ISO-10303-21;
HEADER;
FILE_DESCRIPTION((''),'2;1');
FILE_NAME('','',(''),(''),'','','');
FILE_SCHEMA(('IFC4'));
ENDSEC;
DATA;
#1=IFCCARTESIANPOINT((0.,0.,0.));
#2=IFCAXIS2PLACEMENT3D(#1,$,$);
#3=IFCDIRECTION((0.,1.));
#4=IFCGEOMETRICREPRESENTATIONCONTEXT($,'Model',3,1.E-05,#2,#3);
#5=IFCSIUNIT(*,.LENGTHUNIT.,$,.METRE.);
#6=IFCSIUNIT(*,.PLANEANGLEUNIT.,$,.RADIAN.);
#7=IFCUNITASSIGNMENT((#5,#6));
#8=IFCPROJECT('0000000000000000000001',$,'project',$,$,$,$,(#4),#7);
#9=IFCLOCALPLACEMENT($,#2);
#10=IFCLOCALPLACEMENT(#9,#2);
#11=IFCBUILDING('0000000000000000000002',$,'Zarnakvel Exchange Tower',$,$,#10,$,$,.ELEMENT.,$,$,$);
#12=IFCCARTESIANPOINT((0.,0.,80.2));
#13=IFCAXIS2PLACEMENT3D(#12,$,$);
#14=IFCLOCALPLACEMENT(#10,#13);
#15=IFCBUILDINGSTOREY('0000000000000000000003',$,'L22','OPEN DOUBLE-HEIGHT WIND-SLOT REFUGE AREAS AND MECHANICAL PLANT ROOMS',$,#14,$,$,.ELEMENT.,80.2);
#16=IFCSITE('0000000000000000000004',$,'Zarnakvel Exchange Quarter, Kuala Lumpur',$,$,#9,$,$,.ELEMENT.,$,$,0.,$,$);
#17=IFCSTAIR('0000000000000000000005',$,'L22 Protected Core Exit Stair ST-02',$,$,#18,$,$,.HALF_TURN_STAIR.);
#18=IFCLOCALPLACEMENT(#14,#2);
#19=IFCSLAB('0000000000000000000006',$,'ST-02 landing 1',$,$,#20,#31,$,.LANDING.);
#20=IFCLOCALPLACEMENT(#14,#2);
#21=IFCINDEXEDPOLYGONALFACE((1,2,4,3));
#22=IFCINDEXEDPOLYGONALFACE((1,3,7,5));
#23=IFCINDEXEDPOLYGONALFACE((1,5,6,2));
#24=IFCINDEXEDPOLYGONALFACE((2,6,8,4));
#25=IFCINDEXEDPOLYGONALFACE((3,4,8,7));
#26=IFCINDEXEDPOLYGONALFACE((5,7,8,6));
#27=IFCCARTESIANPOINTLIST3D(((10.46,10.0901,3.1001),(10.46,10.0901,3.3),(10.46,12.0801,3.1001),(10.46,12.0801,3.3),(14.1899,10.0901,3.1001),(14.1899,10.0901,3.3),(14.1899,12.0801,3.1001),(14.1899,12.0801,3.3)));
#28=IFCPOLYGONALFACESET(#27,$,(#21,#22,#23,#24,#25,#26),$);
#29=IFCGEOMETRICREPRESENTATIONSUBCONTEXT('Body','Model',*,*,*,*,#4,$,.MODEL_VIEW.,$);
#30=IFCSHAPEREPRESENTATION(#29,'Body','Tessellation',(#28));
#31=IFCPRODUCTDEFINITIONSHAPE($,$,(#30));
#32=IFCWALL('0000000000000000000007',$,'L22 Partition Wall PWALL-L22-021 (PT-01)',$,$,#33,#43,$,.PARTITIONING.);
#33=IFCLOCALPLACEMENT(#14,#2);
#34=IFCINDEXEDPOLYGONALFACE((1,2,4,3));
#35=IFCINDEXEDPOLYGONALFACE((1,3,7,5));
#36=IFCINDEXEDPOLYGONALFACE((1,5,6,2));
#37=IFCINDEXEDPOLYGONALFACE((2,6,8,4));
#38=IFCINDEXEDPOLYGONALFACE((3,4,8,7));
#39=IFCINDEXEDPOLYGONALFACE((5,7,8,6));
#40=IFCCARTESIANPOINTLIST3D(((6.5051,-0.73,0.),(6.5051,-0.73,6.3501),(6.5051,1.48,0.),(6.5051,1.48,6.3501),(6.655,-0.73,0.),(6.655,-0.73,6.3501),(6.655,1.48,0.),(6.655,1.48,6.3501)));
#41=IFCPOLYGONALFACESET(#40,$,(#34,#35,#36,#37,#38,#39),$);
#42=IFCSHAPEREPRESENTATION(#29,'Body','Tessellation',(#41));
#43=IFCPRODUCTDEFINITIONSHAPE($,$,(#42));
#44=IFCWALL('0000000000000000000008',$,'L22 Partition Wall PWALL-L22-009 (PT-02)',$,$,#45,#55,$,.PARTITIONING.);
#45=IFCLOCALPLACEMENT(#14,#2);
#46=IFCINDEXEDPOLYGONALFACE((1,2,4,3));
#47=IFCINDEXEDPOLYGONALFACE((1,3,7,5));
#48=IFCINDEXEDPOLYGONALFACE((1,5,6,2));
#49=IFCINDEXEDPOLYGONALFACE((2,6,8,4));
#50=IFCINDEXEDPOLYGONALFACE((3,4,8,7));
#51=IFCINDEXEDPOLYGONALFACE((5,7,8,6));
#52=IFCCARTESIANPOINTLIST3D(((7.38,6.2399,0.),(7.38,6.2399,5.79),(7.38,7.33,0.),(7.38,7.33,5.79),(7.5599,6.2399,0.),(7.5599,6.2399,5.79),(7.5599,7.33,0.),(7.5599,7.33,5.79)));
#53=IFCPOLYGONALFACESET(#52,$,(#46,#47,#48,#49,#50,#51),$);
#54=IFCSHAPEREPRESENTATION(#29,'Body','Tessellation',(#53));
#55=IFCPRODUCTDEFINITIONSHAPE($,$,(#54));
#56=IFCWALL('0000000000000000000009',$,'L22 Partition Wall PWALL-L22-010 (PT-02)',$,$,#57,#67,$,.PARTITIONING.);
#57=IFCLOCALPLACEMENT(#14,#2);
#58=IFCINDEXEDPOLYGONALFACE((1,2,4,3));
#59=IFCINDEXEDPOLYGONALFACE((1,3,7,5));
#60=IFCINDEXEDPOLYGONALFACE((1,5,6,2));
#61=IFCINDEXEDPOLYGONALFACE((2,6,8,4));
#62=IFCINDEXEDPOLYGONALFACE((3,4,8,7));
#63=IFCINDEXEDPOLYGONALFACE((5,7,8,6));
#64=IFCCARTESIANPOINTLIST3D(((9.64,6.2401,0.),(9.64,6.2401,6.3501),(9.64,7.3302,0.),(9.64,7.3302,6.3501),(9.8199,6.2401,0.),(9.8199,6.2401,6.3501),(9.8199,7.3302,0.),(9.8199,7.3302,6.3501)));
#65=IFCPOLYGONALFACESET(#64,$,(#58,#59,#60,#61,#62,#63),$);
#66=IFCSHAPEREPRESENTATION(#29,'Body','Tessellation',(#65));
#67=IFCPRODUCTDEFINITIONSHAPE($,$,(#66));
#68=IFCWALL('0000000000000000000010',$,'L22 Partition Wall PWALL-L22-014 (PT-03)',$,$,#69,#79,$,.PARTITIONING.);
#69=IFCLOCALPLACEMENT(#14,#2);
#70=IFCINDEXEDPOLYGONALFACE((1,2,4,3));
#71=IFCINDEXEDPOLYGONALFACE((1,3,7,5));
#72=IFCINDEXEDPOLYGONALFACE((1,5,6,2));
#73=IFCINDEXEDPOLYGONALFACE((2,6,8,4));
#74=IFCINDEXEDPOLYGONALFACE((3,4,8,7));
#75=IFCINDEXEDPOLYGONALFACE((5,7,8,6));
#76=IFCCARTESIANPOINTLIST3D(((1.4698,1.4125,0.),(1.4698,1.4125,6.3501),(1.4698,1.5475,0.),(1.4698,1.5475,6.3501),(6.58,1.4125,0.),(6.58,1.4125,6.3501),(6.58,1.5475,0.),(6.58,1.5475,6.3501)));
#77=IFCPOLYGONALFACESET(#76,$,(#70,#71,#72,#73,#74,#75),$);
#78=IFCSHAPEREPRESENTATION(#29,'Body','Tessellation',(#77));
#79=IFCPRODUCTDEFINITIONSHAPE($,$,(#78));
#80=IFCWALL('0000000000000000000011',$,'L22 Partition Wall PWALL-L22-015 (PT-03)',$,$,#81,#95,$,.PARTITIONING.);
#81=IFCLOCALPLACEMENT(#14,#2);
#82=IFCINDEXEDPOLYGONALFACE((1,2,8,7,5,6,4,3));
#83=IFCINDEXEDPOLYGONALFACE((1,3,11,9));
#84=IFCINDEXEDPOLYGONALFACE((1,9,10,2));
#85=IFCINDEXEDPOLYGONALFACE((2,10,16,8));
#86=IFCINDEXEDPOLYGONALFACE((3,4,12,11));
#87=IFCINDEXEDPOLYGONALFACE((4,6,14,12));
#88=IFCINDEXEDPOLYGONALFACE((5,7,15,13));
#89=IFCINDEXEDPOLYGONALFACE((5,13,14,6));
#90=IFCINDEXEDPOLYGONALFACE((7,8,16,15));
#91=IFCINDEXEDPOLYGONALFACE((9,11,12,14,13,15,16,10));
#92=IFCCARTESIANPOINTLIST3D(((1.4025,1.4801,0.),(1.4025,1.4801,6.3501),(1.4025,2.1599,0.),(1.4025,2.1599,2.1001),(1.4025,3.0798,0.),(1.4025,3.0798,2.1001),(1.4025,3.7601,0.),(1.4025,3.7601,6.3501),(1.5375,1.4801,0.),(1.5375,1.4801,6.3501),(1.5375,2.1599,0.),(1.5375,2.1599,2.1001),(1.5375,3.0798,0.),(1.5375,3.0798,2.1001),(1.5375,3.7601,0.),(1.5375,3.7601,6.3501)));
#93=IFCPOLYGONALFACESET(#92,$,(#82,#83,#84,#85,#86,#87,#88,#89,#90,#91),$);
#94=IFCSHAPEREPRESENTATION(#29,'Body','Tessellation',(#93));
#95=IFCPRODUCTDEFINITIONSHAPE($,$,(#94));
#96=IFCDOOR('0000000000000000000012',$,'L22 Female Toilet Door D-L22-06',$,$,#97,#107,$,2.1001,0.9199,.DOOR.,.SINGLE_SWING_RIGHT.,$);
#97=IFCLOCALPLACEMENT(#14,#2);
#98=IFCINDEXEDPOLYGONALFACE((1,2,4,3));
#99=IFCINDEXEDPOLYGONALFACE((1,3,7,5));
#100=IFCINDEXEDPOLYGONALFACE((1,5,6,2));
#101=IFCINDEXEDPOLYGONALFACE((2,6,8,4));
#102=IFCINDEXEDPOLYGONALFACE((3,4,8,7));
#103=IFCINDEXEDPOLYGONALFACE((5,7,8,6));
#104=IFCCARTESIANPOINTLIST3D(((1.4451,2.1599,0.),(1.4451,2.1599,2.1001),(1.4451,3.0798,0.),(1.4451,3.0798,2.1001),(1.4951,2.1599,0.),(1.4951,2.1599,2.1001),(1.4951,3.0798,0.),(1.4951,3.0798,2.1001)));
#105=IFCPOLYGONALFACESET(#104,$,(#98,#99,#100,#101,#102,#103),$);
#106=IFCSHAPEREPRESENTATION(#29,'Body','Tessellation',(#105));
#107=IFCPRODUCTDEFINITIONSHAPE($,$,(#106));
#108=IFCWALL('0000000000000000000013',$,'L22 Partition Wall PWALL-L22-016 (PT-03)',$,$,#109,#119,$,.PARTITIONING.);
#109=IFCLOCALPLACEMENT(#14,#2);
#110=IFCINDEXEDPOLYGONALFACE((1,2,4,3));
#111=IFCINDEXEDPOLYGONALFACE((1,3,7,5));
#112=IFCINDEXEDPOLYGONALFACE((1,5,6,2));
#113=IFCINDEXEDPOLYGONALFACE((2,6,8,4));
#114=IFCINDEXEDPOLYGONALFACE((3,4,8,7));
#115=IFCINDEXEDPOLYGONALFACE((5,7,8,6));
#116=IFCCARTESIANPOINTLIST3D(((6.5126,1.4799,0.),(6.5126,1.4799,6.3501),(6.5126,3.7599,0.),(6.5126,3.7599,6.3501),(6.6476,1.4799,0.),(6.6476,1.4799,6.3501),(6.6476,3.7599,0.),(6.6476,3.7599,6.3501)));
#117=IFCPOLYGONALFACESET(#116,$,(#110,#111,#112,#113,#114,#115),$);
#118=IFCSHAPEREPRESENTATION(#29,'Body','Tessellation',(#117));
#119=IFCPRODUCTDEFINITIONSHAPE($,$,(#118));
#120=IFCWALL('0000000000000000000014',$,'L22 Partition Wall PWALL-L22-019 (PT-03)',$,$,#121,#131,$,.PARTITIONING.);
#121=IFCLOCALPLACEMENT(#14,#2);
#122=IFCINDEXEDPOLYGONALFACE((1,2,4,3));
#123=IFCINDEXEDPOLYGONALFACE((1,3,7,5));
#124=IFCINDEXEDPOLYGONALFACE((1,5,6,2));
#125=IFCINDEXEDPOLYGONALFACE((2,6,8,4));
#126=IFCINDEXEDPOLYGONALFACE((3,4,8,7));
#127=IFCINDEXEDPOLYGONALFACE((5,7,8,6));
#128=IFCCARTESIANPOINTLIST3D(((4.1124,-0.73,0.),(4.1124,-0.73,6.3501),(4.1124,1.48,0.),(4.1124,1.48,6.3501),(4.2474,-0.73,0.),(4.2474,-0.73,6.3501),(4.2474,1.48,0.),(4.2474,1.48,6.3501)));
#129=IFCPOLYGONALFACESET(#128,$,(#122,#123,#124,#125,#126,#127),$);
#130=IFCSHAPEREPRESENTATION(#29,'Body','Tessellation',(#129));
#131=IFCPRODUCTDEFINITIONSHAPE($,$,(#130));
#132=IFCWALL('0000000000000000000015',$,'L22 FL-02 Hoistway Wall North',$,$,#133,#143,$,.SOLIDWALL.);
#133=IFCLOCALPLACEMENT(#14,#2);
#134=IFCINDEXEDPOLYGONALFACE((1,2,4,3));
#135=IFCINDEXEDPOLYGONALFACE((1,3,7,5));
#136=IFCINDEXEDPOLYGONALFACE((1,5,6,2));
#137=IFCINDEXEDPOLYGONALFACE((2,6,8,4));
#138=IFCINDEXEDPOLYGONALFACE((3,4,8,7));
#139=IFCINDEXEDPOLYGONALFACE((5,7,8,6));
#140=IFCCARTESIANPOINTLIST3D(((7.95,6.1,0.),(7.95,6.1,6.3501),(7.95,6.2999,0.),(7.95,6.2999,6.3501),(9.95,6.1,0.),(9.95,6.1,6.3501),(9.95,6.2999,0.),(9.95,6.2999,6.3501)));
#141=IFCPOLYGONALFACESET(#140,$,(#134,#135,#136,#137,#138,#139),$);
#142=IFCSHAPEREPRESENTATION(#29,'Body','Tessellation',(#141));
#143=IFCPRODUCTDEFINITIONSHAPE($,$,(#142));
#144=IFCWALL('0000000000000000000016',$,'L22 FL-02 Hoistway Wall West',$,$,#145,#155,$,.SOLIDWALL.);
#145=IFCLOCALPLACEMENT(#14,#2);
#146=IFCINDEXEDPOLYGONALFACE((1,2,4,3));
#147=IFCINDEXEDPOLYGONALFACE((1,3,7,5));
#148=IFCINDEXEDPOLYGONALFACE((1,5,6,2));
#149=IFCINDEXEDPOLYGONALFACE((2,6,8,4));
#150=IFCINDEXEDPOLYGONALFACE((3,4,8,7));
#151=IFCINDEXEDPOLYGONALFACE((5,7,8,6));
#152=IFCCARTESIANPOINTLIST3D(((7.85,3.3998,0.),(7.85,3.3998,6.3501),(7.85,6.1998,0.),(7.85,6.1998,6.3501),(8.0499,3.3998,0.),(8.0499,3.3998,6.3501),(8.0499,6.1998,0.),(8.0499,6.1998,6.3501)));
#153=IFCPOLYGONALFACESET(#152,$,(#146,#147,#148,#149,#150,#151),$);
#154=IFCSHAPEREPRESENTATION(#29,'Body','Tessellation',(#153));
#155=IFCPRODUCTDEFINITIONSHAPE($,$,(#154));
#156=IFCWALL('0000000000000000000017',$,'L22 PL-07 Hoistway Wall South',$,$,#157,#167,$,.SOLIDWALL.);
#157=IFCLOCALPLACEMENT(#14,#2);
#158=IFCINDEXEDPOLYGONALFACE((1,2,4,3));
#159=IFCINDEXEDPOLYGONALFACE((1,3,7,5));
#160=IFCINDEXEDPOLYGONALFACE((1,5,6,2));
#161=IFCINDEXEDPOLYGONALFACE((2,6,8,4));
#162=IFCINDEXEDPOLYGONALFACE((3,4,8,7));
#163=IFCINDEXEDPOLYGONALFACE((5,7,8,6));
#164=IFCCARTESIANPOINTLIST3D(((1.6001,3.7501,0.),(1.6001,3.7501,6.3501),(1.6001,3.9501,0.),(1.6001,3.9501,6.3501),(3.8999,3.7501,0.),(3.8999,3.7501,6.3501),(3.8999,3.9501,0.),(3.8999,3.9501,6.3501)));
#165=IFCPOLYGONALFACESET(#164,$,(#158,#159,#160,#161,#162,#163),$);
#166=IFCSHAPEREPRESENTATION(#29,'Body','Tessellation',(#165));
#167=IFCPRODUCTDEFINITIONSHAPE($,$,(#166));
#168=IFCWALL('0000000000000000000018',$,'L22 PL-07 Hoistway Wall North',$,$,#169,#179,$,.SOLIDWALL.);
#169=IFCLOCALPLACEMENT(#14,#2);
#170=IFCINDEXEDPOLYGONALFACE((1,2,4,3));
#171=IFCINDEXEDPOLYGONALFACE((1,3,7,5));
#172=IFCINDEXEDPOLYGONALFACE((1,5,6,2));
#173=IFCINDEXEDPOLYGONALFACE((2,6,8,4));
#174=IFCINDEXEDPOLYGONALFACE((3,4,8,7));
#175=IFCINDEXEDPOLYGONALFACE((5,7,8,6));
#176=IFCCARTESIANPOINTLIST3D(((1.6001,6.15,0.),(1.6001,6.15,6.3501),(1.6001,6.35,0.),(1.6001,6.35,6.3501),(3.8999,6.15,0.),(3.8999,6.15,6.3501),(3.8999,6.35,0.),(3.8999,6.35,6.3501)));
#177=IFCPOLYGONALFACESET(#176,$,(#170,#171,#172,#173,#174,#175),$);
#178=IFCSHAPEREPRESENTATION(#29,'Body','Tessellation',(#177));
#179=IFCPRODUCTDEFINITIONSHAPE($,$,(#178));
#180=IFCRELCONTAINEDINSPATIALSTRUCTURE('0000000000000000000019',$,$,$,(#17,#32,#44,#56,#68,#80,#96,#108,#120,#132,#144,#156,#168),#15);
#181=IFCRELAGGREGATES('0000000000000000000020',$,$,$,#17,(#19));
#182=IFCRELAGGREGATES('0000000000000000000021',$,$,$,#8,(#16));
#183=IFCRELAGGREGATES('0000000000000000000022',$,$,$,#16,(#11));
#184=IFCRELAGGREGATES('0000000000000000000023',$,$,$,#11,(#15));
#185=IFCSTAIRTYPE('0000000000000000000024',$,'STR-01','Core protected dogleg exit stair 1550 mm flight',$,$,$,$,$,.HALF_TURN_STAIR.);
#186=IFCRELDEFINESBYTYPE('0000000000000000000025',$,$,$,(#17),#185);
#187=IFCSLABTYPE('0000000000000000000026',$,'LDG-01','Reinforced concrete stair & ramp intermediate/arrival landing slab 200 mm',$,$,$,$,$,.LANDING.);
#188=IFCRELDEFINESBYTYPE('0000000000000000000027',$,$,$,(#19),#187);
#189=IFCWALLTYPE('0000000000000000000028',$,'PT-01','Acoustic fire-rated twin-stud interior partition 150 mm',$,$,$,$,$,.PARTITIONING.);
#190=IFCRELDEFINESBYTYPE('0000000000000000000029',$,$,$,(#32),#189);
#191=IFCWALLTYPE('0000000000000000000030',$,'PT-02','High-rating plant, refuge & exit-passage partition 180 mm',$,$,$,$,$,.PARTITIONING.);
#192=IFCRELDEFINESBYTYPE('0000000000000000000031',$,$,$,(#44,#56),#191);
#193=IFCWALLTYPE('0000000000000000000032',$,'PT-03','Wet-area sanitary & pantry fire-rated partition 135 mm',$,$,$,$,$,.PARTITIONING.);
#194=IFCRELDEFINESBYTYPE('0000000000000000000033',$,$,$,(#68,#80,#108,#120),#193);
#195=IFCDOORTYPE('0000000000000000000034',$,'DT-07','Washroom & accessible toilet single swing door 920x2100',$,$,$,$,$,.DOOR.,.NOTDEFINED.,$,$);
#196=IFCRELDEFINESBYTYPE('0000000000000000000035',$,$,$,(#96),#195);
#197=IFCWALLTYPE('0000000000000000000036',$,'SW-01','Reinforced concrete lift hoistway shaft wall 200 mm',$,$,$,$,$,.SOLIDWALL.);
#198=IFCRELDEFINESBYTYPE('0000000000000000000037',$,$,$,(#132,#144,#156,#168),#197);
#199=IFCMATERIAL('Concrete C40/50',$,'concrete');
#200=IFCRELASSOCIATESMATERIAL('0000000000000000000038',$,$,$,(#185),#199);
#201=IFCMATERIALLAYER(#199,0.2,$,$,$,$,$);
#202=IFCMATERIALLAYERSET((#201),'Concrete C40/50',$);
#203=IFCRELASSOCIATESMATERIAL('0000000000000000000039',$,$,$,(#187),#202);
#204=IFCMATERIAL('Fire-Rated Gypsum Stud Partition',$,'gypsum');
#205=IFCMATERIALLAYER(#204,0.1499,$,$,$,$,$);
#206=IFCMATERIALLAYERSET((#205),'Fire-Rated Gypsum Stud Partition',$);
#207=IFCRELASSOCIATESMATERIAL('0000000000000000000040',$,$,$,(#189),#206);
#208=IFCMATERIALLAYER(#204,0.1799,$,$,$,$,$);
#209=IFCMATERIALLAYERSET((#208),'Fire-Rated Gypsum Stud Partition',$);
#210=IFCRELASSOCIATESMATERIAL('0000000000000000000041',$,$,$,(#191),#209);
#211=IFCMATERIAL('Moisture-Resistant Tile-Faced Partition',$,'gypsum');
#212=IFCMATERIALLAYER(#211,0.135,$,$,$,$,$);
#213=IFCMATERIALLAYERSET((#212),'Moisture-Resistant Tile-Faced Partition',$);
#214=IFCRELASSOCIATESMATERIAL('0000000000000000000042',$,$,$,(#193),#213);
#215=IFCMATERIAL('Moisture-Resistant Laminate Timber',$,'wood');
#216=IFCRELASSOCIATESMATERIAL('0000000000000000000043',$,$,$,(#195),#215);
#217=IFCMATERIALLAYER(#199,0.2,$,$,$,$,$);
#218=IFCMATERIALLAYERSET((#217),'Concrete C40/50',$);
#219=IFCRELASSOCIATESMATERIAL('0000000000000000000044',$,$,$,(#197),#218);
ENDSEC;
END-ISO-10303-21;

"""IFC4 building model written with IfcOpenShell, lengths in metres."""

from ifc_helpers import new_model, si_unit, direction, frame, frame_2d, origin, place, context, subcontext, project, spatial, polyline, rectangle, outline, extrude, source, transform, mapped, material, layer, layer_set, type_object, element, fill, aggregate, save


model = new_model("IFC4")

# Units and contexts
model_context = context("Model", 3, precision=1e-05, world=origin(), true_north=direction((0.0, 1.0)))
body_context = subcontext(model_context, "Body", "Model", "MODEL_VIEW")
ifc_project = project(units=[si_unit("LENGTHUNIT", "METRE"), si_unit("PLANEANGLEUNIT", "RADIAN")], contexts=[model_context])

# Site, building, storey
site_placement = place(None, origin())
site = spatial("IfcSite", under=ifc_project, at=site_placement, Name="Zarnakvel Exchange Quarter, Kuala Lumpur", CompositionType="ELEMENT", RefElevation=0.0)
building_placement = place(site_placement, origin())
building = spatial("IfcBuilding", under=site, at=building_placement, Name="Zarnakvel Exchange Tower", CompositionType="ELEMENT")
storey_placement = place(building_placement, frame((0.0, 0.0, 80.2)))
storey = spatial("IfcBuildingStorey", under=building, at=storey_placement, Name="L22", Description="OPEN DOUBLE-HEIGHT WIND-SLOT REFUGE AREAS AND MECHANICAL PLANT ROOMS", CompositionType="ELEMENT", Elevation=80.2)

# Stair, slab
ifc_material_1 = material(Name="Concrete C40/50", Category="concrete")
stair_type = type_object("IfcStairType", Name="STR-01", Description="Core protected dogleg exit stair 1550 mm flight", PredefinedType="HALF_TURN_STAIR", material=ifc_material_1)
stair_placement = place(storey_placement, origin())
stair = element("IfcStair", 1, at=stair_placement, inside=storey, type_object=stair_type, Name="L22 Protected Core Exit Stair ST-02", PredefinedType="HALF_TURN_STAIR")
ifc_layer_1 = layer(ifc_material_1, 0.2)
ifc_layer_set_1 = layer_set([ifc_layer_1], Name="Concrete C40/50")
slab_type = type_object("IfcSlabType", Name="LDG-01", Description="Reinforced concrete stair & ramp intermediate/arrival landing slab 200 mm", PredefinedType="LANDING", material=ifc_layer_set_1)
slab_placement = place(storey_placement, frame((0.0, 0.0, 3.1001)))
slab = element("IfcSlab", 2, at=slab_placement, type_object=slab_type, Name="ST-02 landing 1", PredefinedType="LANDING", context=body_context, shape_type="SweptSolid", body=[
    extrude(outline(polyline([(10.46, 10.0901), (14.1899, 10.0901), (14.1899, 12.0801), (10.46, 12.0801), (10.46, 10.0901)])), origin(), (0.0, 0.0, 1.0), 0.2),
])
aggregate(stair, [slab])

# Walls
ifc_material_2 = material(Name="Fire-Rated Gypsum Stud Partition", Category="gypsum")
ifc_layer_2 = layer(ifc_material_2, 0.1499)
ifc_layer_set_2 = layer_set([ifc_layer_2], Name="Fire-Rated Gypsum Stud Partition")
wall_type_1 = type_object("IfcWallType", Name="PT-01", Description="Acoustic fire-rated twin-stud interior partition 150 mm", PredefinedType="PARTITIONING", material=ifc_layer_set_2)
wall_1_placement = place(storey_placement, frame((6.5801, 1.48, 0.0), z_axis=(0.0, 0.0, 1.0), x_axis=(0.0, -1.0, 0.0)))
element("IfcWall", 3, at=wall_1_placement, inside=storey, type_object=wall_type_1, Name="L22 Partition Wall PWALL-L22-021 (PT-01)", PredefinedType="PARTITIONING", context=body_context, shape_type="SweptSolid", body=[
    extrude(rectangle(XDim=2.21, YDim=0.1499, at=frame_2d((1.105, 0.0))), origin(), (0.0, 0.0, 1.0), 6.3501),
])
ifc_layer_3 = layer(ifc_material_2, 0.1799)
ifc_layer_set_3 = layer_set([ifc_layer_3], Name="Fire-Rated Gypsum Stud Partition")
wall_type_2 = type_object("IfcWallType", Name="PT-02", Description="High-rating plant, refuge & exit-passage partition 180 mm", PredefinedType="PARTITIONING", material=ifc_layer_set_3)
wall_2_placement = place(storey_placement, frame((7.47, 6.24, 0.0), z_axis=(0.0, 0.0, 1.0), x_axis=(0.0, 1.0, 0.0)))
element("IfcWall", 4, at=wall_2_placement, inside=storey, type_object=wall_type_2, Name="L22 Partition Wall PWALL-L22-009 (PT-02)", PredefinedType="PARTITIONING", context=body_context, shape_type="SweptSolid", body=[
    extrude(rectangle(XDim=1.0901, YDim=0.1799, at=frame_2d((0.5449, 0.0))), origin(), (0.0, 0.0, 1.0), 5.79),
])
wall_3_placement = place(storey_placement, frame((9.73, 7.3301, 0.0), z_axis=(0.0, 0.0, 1.0), x_axis=(0.0, -1.0, 0.0)))
element("IfcWall", 5, at=wall_3_placement, inside=storey, type_object=wall_type_2, Name="L22 Partition Wall PWALL-L22-010 (PT-02)", PredefinedType="PARTITIONING", context=body_context, shape_type="SweptSolid", body=[
    extrude(rectangle(XDim=1.0901, YDim=0.1799, at=frame_2d((0.5449, 0.0))), origin(), (0.0, 0.0, 1.0), 6.3501),
])
ifc_material_3 = material(Name="Moisture-Resistant Tile-Faced Partition", Category="gypsum")
ifc_layer_4 = layer(ifc_material_3, 0.135)
ifc_layer_set_4 = layer_set([ifc_layer_4], Name="Moisture-Resistant Tile-Faced Partition")
wall_type_3 = type_object("IfcWallType", Name="PT-03", Description="Wet-area sanitary & pantry fire-rated partition 135 mm", PredefinedType="PARTITIONING", material=ifc_layer_set_4)
wall_4_placement = place(storey_placement, frame((6.5801, 1.48, 0.0), z_axis=(0.0, 0.0, 1.0), x_axis=(-1.0, 0.0, 0.0)))
element("IfcWall", 6, at=wall_4_placement, inside=storey, type_object=wall_type_3, Name="L22 Partition Wall PWALL-L22-014 (PT-03)", PredefinedType="PARTITIONING", context=body_context, shape_type="SweptSolid", body=[
    extrude(rectangle(XDim=5.1101, YDim=0.135, at=frame_2d((2.5552, 0.0))), origin(), (0.0, 0.0, 1.0), 6.3501),
])

# Wall, opening, door
wall_5_placement = place(storey_placement, frame((1.47, 1.48, 0.0), z_axis=(0.0, 0.0, 1.0), x_axis=(0.0, 1.0, 0.0)))
wall_5 = element("IfcWall", 7, at=wall_5_placement, inside=storey, type_object=wall_type_3, Name="L22 Partition Wall PWALL-L22-015 (PT-03)", PredefinedType="PARTITIONING", context=body_context, shape_type="SweptSolid", body=[
    extrude(rectangle(XDim=2.28, YDim=0.135, at=frame_2d((1.1401, 0.0))), origin(), (0.0, 0.0, 1.0), 6.3501),
])
opening_placement = place(wall_5_placement, frame((0.6799, 0.0, 0.0)))
opening = element("IfcOpeningElement", 8, at=opening_placement, cuts=wall_5, PredefinedType="OPENING", context=body_context, shape_type="SweptSolid", body=[
    extrude(rectangle(XDim=0.9199, YDim=2.1001, at=frame_2d((0.46, 1.05))), frame((0.0, 0.0774, 0.0), z_axis=(0.0, -1.0, 0.0), x_axis=(1.0, 0.0, 0.0)), (0.0, 0.0, 1.0), 0.155),
])
ifc_material_4 = material(Name="Moisture-Resistant Laminate Timber", Category="wood")
door_type = type_object("IfcDoorType", Name="DT-07", Description="Washroom & accessible toilet single swing door 920x2100", OperationType="NOTDEFINED", PredefinedType="DOOR", material=ifc_material_4)
shared_shape_1 = source(origin(), body_context, "Body", "SweptSolid", [
    extrude(rectangle(XDim=0.9199, YDim=2.1001, at=frame_2d((0.46, 1.05))), frame((0.0, 0.0249, 0.0), z_axis=(0.0, -1.0, 0.0), x_axis=(1.0, 0.0, 0.0)), (0.0, 0.0, 1.0), 0.05),
])
door_placement = place(opening_placement, origin())
door = element("IfcDoor", 9, at=door_placement, inside=storey, type_object=door_type, Name="L22 Female Toilet Door D-L22-06", OperationType="SINGLE_SWING_RIGHT", OverallHeight=2.1001, OverallWidth=0.9199, PredefinedType="DOOR", context=body_context, shape_type="MappedRepresentation", body=[
    mapped(shared_shape_1, transform((0.0, 0.0, 0.0), x_axis=(1.0, 0.0, 0.0), y_axis=(0.0, 1.0, 0.0), z_axis=(0.0, 0.0, 1.0), scale=1.0)),
])
fill(opening, door)

# Walls
wall_6_placement = place(storey_placement, frame((6.5801, 3.76, 0.0), z_axis=(0.0, 0.0, 1.0), x_axis=(0.0, -1.0, 0.0)))
element("IfcWall", 10, at=wall_6_placement, inside=storey, type_object=wall_type_3, Name="L22 Partition Wall PWALL-L22-016 (PT-03)", PredefinedType="PARTITIONING", context=body_context, shape_type="SweptSolid", body=[
    extrude(rectangle(XDim=2.28, YDim=0.135, at=frame_2d((1.1401, 0.0))), origin(), (0.0, 0.0, 1.0), 6.3501),
])
wall_7_placement = place(storey_placement, frame((4.1799, 1.48, 0.0), z_axis=(0.0, 0.0, 1.0), x_axis=(0.0, -1.0, 0.0)))
element("IfcWall", 11, at=wall_7_placement, inside=storey, type_object=wall_type_3, Name="L22 Partition Wall PWALL-L22-019 (PT-03)", PredefinedType="PARTITIONING", context=body_context, shape_type="SweptSolid", body=[
    extrude(rectangle(XDim=2.21, YDim=0.135, at=frame_2d((1.105, 0.0))), origin(), (0.0, 0.0, 1.0), 6.3501),
])
ifc_layer_5 = layer(ifc_material_1, 0.2)
ifc_layer_set_5 = layer_set([ifc_layer_5], Name="Concrete C40/50")
wall_type_4 = type_object("IfcWallType", Name="SW-01", Description="Reinforced concrete lift hoistway shaft wall 200 mm", PredefinedType="SOLIDWALL", material=ifc_layer_set_5)
wall_8_placement = place(storey_placement, frame((7.95, 6.2, 0.0), z_axis=(0.0, 0.0, 1.0), x_axis=(1.0, 0.0, 0.0)))
element("IfcWall", 12, at=wall_8_placement, inside=storey, type_object=wall_type_4, Name="L22 FL-02 Hoistway Wall North", PredefinedType="SOLIDWALL", context=body_context, shape_type="SweptSolid", body=[
    extrude(rectangle(XDim=2.0, YDim=0.2, at=frame_2d((1.0, 0.0))), origin(), (0.0, 0.0, 1.0), 6.3501),
])
wall_9_placement = place(storey_placement, frame((7.95, 3.3999, 0.0), z_axis=(0.0, 0.0, 1.0), x_axis=(0.0, 1.0, 0.0)))
element("IfcWall", 13, at=wall_9_placement, inside=storey, type_object=wall_type_4, Name="L22 FL-02 Hoistway Wall West", PredefinedType="SOLIDWALL", context=body_context, shape_type="SweptSolid", body=[
    extrude(rectangle(XDim=2.8, YDim=0.2, at=frame_2d((1.3999, 0.0))), origin(), (0.0, 0.0, 1.0), 6.3501),
])
for number, where, z_axis, x_axis, name in (
    (14, (3.8999, 3.8501, 0.0), (0.0, 0.0, 1.0), (-1.0, 0.0, 0.0), "L22 PL-07 Hoistway Wall South"),
    (15, (1.6001, 6.25, 0.0), (0.0, 0.0, 1.0), (1.0, 0.0, 0.0), "L22 PL-07 Hoistway Wall North"),
):
    element("IfcWall", number, at=place(storey_placement, frame(where, z_axis=z_axis, x_axis=x_axis)), inside=storey, type_object=wall_type_4, Name=name, PredefinedType="SOLIDWALL", context=body_context, shape_type="SweptSolid", body=[
        extrude(rectangle(XDim=2.2998, YDim=0.2, at=frame_2d((1.1499, 0.0))), origin(), (0.0, 0.0, 1.0), 6.3501),
    ])

save(model, "model.ifc")
